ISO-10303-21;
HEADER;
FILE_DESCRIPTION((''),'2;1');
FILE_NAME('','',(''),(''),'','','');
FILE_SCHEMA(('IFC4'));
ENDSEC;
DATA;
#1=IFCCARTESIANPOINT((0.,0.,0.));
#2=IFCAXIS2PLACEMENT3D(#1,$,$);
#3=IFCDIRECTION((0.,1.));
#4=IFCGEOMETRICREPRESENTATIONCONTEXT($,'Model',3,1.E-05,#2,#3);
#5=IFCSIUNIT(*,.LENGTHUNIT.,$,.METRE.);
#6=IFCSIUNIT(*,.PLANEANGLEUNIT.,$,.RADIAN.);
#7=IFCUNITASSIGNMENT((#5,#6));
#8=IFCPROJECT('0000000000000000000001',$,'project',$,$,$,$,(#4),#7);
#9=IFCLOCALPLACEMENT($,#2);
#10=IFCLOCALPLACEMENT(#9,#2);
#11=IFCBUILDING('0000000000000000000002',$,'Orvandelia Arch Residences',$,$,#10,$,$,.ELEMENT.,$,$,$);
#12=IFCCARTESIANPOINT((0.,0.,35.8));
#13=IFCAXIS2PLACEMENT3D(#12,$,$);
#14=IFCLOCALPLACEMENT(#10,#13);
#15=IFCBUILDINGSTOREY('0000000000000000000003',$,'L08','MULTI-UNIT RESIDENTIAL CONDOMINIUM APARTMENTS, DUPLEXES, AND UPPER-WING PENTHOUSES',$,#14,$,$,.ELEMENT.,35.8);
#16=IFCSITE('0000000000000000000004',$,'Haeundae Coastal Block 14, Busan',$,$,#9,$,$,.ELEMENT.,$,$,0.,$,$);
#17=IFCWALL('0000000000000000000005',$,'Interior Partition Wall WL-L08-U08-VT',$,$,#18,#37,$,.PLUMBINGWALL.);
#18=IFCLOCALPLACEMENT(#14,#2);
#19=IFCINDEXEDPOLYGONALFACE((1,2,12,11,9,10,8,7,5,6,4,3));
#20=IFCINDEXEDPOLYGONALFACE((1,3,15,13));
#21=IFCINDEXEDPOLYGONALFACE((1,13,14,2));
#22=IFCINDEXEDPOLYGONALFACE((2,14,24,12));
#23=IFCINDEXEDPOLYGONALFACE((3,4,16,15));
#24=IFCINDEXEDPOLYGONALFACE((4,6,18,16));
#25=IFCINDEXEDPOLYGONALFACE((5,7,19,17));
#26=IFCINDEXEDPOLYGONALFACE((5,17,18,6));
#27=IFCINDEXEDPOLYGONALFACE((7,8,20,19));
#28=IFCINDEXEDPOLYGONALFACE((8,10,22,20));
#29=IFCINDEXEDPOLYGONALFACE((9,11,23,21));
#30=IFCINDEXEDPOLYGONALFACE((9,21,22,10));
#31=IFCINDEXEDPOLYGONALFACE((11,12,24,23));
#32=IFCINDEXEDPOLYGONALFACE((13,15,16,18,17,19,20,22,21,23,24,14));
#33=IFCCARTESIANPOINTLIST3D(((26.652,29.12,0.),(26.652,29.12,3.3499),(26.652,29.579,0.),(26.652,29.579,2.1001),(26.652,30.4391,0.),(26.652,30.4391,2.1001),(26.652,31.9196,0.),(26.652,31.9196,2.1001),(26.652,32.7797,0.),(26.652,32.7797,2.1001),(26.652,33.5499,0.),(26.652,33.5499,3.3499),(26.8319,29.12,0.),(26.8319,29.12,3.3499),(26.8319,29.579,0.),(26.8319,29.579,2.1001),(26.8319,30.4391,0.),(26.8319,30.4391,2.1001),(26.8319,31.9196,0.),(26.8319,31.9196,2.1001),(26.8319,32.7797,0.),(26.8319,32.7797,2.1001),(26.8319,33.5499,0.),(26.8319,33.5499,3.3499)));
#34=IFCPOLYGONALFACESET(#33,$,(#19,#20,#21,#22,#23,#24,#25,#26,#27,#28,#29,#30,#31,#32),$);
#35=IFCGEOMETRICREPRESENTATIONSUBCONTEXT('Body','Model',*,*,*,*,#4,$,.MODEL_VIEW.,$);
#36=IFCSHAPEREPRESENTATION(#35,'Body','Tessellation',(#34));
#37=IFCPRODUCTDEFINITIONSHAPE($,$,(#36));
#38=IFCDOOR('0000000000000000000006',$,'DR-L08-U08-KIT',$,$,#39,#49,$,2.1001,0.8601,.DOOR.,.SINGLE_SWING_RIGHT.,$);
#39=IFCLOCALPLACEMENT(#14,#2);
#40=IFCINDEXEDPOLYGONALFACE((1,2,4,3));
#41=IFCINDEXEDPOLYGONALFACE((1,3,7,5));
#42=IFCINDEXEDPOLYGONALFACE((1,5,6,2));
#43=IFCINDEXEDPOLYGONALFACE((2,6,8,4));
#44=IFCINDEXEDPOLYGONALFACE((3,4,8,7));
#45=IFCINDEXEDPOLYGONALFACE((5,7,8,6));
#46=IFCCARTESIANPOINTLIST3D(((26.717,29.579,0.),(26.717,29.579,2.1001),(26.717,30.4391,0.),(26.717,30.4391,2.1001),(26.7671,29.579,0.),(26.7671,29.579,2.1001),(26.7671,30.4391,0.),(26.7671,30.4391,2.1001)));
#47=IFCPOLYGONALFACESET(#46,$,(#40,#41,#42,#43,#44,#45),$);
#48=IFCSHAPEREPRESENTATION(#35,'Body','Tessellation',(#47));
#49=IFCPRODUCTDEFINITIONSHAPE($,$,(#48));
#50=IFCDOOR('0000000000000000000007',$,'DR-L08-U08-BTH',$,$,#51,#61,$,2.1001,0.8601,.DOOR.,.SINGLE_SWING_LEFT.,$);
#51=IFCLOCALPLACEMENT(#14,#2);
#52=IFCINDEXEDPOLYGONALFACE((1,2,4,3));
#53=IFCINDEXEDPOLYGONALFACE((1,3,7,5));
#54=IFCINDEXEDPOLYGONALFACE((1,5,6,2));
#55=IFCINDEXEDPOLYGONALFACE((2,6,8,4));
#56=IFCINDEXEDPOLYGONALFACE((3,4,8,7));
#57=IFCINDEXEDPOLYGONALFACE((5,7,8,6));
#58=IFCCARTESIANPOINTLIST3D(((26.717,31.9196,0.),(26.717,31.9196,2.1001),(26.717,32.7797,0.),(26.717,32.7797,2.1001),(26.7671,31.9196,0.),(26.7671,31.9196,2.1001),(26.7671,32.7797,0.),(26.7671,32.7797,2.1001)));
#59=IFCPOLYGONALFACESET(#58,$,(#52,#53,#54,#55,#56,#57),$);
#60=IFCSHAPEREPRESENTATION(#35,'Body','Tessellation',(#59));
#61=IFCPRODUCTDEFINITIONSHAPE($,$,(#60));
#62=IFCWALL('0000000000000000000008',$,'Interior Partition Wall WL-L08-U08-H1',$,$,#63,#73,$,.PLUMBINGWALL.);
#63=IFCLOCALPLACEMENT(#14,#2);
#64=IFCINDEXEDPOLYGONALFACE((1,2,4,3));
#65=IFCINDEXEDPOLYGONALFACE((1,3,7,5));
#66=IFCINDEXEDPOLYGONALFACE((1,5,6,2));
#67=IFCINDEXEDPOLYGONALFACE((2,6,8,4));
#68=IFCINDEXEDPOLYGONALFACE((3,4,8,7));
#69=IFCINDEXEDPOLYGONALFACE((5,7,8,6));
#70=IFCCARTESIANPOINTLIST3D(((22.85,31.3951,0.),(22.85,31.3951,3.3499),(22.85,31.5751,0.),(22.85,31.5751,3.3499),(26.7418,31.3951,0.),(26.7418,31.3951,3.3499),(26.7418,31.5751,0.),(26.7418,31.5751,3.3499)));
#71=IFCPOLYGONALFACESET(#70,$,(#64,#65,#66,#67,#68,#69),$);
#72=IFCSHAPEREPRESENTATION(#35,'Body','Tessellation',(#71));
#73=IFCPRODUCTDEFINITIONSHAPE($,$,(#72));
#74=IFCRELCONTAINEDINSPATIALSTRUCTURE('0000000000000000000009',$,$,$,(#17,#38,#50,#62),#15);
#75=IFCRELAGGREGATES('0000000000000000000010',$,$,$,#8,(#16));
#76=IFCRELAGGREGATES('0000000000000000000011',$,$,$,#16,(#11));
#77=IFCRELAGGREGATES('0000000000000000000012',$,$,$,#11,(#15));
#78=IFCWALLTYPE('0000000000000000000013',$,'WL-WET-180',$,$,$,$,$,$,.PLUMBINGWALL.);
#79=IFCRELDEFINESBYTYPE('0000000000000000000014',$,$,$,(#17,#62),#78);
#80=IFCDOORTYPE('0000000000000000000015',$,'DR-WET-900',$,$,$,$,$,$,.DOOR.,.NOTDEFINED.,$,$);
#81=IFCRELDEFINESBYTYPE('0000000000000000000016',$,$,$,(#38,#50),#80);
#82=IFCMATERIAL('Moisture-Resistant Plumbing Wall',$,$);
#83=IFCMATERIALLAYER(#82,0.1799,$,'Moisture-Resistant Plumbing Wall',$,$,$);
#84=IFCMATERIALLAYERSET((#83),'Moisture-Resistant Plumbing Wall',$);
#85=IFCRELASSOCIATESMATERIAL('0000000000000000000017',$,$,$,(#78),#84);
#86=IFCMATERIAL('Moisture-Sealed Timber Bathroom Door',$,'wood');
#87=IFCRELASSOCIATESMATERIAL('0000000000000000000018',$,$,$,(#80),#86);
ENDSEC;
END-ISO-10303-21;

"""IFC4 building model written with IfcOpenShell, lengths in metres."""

from ifc_helpers import new_model, si_unit, direction, frame, frame_2d, origin, place, context, subcontext, project, spatial, rectangle, extrude, material, layer, layer_set, type_object, element, fill, save


model = new_model("IFC4")

# Units and contexts
model_context = context("Model", 3, precision=1e-05, world=origin(), true_north=direction((0.0, 1.0)))
body_context = subcontext(model_context, "Body", "Model", "MODEL_VIEW")
ifc_project = project(units=[si_unit("LENGTHUNIT", "METRE"), si_unit("PLANEANGLEUNIT", "RADIAN")], contexts=[model_context])

# Site, building, storey
site_placement = place(None, origin())
site = spatial("IfcSite", under=ifc_project, at=site_placement, Name="Haeundae Coastal Block 14, Busan", CompositionType="ELEMENT", RefElevation=0.0)
building_placement = place(site_placement, origin())
building = spatial("IfcBuilding", under=site, at=building_placement, Name="Orvandelia Arch Residences", CompositionType="ELEMENT")
storey_placement = place(building_placement, frame((0.0, 0.0, 35.8)))
storey = spatial("IfcBuildingStorey", under=building, at=storey_placement, Name="L08", Description="MULTI-UNIT RESIDENTIAL CONDOMINIUM APARTMENTS, DUPLEXES, AND UPPER-WING PENTHOUSES", CompositionType="ELEMENT", Elevation=35.8)

# Wall, openings, doors
ifc_material_1 = material(Name="Moisture-Resistant Plumbing Wall")
ifc_layer_1 = layer(ifc_material_1, 0.1799, Name="Moisture-Resistant Plumbing Wall")
ifc_layer_set_1 = layer_set([ifc_layer_1], Name="Moisture-Resistant Plumbing Wall")
wall_type_1 = type_object("IfcWallType", Name="WL-WET-180", PredefinedType="PLUMBINGWALL", material=ifc_layer_set_1)
wall_1_placement = place(storey_placement, frame((26.7419, 29.1201, 0.0), z_axis=(0.0, 0.0, 1.0), x_axis=(0.0, 1.0, 0.0)))
wall_1 = element("IfcWall", 1, at=wall_1_placement, inside=storey, type_object=wall_type_1, Name="Interior Partition Wall WL-L08-U08-VT", PredefinedType="PLUMBINGWALL", context=body_context, shape_type="SweptSolid", body=[
    extrude(rectangle(XDim=4.4299, YDim=0.1799, at=frame_2d((2.2148, 0.0))), origin(), (0.0, 0.0, 1.0), 3.3499),
])
opening_1_placement = place(wall_1_placement, frame((0.4587, 0.0, 0.0)))
opening_1 = element("IfcOpeningElement", 2, at=opening_1_placement, cuts=wall_1, PredefinedType="OPENING", context=body_context, shape_type="SweptSolid", body=[
    extrude(rectangle(XDim=0.8601, YDim=2.1001, at=frame_2d((0.4302, 1.05))), frame((0.0, 0.1001, 0.0), z_axis=(0.0, -1.0, 0.0), x_axis=(1.0, 0.0, 0.0)), (0.0, 0.0, 1.0), 0.2),
])
opening_2_placement = place(wall_1_placement, frame((2.7993, 0.0, 0.0)))
opening_2 = element("IfcOpeningElement", 3, at=opening_2_placement, cuts=wall_1, PredefinedType="OPENING", context=body_context, shape_type="SweptSolid", body=[
    extrude(rectangle(XDim=0.8601, YDim=2.1001, at=frame_2d((0.4302, 1.05))), frame((0.0, 0.1001, 0.0), z_axis=(0.0, -1.0, 0.0), x_axis=(1.0, 0.0, 0.0)), (0.0, 0.0, 1.0), 0.2),
])
ifc_material_2 = material(Name="Moisture-Sealed Timber Bathroom Door", Category="wood")
door_type_1 = type_object("IfcDoorType", Name="DR-WET-900", OperationType="NOTDEFINED", PredefinedType="DOOR", material=ifc_material_2)
door_1_placement = place(opening_1_placement, origin())
door_1 = element("IfcDoor", 4, at=door_1_placement, inside=storey, type_object=door_type_1, Name="DR-L08-U08-KIT", OperationType="SINGLE_SWING_RIGHT", OverallHeight=2.1001, OverallWidth=0.8601, PredefinedType="DOOR", context=body_context, shape_type="SweptSolid", body=[
    extrude(rectangle(XDim=0.8601, YDim=2.1001, at=frame_2d((0.4302, 1.05))), frame((0.0, 0.0249, 0.0), z_axis=(0.0, -1.0, 0.0), x_axis=(1.0, 0.0, 0.0)), (0.0, 0.0, 1.0), 0.05),
])
fill(opening_1, door_1)
door_2_placement = place(opening_2_placement, origin())
door_2 = element("IfcDoor", 5, at=door_2_placement, inside=storey, type_object=door_type_1, Name="DR-L08-U08-BTH", OperationType="SINGLE_SWING_LEFT", OverallHeight=2.1001, OverallWidth=0.8601, PredefinedType="DOOR", context=body_context, shape_type="SweptSolid", body=[
    extrude(rectangle(XDim=0.8601, YDim=2.1001, at=frame_2d((0.4302, 1.05))), frame((0.0, 0.0249, 0.0), z_axis=(0.0, -1.0, 0.0), x_axis=(1.0, 0.0, 0.0)), (0.0, 0.0, 1.0), 0.05),
])
fill(opening_2, door_2)

# Wall
wall_2_placement = place(storey_placement, frame((22.8501, 31.4851, 0.0), z_axis=(0.0, 0.0, 1.0), x_axis=(1.0, 0.0, 0.0)))
element("IfcWall", 6, at=wall_2_placement, inside=storey, type_object=wall_type_1, Name="Interior Partition Wall WL-L08-U08-H1", PredefinedType="PLUMBINGWALL", context=body_context, shape_type="SweptSolid", body=[
    extrude(rectangle(XDim=3.8918, YDim=0.1799, at=frame_2d((1.9458, 0.0))), origin(), (0.0, 0.0, 1.0), 3.3499),
])

save(model, "model.ifc")
